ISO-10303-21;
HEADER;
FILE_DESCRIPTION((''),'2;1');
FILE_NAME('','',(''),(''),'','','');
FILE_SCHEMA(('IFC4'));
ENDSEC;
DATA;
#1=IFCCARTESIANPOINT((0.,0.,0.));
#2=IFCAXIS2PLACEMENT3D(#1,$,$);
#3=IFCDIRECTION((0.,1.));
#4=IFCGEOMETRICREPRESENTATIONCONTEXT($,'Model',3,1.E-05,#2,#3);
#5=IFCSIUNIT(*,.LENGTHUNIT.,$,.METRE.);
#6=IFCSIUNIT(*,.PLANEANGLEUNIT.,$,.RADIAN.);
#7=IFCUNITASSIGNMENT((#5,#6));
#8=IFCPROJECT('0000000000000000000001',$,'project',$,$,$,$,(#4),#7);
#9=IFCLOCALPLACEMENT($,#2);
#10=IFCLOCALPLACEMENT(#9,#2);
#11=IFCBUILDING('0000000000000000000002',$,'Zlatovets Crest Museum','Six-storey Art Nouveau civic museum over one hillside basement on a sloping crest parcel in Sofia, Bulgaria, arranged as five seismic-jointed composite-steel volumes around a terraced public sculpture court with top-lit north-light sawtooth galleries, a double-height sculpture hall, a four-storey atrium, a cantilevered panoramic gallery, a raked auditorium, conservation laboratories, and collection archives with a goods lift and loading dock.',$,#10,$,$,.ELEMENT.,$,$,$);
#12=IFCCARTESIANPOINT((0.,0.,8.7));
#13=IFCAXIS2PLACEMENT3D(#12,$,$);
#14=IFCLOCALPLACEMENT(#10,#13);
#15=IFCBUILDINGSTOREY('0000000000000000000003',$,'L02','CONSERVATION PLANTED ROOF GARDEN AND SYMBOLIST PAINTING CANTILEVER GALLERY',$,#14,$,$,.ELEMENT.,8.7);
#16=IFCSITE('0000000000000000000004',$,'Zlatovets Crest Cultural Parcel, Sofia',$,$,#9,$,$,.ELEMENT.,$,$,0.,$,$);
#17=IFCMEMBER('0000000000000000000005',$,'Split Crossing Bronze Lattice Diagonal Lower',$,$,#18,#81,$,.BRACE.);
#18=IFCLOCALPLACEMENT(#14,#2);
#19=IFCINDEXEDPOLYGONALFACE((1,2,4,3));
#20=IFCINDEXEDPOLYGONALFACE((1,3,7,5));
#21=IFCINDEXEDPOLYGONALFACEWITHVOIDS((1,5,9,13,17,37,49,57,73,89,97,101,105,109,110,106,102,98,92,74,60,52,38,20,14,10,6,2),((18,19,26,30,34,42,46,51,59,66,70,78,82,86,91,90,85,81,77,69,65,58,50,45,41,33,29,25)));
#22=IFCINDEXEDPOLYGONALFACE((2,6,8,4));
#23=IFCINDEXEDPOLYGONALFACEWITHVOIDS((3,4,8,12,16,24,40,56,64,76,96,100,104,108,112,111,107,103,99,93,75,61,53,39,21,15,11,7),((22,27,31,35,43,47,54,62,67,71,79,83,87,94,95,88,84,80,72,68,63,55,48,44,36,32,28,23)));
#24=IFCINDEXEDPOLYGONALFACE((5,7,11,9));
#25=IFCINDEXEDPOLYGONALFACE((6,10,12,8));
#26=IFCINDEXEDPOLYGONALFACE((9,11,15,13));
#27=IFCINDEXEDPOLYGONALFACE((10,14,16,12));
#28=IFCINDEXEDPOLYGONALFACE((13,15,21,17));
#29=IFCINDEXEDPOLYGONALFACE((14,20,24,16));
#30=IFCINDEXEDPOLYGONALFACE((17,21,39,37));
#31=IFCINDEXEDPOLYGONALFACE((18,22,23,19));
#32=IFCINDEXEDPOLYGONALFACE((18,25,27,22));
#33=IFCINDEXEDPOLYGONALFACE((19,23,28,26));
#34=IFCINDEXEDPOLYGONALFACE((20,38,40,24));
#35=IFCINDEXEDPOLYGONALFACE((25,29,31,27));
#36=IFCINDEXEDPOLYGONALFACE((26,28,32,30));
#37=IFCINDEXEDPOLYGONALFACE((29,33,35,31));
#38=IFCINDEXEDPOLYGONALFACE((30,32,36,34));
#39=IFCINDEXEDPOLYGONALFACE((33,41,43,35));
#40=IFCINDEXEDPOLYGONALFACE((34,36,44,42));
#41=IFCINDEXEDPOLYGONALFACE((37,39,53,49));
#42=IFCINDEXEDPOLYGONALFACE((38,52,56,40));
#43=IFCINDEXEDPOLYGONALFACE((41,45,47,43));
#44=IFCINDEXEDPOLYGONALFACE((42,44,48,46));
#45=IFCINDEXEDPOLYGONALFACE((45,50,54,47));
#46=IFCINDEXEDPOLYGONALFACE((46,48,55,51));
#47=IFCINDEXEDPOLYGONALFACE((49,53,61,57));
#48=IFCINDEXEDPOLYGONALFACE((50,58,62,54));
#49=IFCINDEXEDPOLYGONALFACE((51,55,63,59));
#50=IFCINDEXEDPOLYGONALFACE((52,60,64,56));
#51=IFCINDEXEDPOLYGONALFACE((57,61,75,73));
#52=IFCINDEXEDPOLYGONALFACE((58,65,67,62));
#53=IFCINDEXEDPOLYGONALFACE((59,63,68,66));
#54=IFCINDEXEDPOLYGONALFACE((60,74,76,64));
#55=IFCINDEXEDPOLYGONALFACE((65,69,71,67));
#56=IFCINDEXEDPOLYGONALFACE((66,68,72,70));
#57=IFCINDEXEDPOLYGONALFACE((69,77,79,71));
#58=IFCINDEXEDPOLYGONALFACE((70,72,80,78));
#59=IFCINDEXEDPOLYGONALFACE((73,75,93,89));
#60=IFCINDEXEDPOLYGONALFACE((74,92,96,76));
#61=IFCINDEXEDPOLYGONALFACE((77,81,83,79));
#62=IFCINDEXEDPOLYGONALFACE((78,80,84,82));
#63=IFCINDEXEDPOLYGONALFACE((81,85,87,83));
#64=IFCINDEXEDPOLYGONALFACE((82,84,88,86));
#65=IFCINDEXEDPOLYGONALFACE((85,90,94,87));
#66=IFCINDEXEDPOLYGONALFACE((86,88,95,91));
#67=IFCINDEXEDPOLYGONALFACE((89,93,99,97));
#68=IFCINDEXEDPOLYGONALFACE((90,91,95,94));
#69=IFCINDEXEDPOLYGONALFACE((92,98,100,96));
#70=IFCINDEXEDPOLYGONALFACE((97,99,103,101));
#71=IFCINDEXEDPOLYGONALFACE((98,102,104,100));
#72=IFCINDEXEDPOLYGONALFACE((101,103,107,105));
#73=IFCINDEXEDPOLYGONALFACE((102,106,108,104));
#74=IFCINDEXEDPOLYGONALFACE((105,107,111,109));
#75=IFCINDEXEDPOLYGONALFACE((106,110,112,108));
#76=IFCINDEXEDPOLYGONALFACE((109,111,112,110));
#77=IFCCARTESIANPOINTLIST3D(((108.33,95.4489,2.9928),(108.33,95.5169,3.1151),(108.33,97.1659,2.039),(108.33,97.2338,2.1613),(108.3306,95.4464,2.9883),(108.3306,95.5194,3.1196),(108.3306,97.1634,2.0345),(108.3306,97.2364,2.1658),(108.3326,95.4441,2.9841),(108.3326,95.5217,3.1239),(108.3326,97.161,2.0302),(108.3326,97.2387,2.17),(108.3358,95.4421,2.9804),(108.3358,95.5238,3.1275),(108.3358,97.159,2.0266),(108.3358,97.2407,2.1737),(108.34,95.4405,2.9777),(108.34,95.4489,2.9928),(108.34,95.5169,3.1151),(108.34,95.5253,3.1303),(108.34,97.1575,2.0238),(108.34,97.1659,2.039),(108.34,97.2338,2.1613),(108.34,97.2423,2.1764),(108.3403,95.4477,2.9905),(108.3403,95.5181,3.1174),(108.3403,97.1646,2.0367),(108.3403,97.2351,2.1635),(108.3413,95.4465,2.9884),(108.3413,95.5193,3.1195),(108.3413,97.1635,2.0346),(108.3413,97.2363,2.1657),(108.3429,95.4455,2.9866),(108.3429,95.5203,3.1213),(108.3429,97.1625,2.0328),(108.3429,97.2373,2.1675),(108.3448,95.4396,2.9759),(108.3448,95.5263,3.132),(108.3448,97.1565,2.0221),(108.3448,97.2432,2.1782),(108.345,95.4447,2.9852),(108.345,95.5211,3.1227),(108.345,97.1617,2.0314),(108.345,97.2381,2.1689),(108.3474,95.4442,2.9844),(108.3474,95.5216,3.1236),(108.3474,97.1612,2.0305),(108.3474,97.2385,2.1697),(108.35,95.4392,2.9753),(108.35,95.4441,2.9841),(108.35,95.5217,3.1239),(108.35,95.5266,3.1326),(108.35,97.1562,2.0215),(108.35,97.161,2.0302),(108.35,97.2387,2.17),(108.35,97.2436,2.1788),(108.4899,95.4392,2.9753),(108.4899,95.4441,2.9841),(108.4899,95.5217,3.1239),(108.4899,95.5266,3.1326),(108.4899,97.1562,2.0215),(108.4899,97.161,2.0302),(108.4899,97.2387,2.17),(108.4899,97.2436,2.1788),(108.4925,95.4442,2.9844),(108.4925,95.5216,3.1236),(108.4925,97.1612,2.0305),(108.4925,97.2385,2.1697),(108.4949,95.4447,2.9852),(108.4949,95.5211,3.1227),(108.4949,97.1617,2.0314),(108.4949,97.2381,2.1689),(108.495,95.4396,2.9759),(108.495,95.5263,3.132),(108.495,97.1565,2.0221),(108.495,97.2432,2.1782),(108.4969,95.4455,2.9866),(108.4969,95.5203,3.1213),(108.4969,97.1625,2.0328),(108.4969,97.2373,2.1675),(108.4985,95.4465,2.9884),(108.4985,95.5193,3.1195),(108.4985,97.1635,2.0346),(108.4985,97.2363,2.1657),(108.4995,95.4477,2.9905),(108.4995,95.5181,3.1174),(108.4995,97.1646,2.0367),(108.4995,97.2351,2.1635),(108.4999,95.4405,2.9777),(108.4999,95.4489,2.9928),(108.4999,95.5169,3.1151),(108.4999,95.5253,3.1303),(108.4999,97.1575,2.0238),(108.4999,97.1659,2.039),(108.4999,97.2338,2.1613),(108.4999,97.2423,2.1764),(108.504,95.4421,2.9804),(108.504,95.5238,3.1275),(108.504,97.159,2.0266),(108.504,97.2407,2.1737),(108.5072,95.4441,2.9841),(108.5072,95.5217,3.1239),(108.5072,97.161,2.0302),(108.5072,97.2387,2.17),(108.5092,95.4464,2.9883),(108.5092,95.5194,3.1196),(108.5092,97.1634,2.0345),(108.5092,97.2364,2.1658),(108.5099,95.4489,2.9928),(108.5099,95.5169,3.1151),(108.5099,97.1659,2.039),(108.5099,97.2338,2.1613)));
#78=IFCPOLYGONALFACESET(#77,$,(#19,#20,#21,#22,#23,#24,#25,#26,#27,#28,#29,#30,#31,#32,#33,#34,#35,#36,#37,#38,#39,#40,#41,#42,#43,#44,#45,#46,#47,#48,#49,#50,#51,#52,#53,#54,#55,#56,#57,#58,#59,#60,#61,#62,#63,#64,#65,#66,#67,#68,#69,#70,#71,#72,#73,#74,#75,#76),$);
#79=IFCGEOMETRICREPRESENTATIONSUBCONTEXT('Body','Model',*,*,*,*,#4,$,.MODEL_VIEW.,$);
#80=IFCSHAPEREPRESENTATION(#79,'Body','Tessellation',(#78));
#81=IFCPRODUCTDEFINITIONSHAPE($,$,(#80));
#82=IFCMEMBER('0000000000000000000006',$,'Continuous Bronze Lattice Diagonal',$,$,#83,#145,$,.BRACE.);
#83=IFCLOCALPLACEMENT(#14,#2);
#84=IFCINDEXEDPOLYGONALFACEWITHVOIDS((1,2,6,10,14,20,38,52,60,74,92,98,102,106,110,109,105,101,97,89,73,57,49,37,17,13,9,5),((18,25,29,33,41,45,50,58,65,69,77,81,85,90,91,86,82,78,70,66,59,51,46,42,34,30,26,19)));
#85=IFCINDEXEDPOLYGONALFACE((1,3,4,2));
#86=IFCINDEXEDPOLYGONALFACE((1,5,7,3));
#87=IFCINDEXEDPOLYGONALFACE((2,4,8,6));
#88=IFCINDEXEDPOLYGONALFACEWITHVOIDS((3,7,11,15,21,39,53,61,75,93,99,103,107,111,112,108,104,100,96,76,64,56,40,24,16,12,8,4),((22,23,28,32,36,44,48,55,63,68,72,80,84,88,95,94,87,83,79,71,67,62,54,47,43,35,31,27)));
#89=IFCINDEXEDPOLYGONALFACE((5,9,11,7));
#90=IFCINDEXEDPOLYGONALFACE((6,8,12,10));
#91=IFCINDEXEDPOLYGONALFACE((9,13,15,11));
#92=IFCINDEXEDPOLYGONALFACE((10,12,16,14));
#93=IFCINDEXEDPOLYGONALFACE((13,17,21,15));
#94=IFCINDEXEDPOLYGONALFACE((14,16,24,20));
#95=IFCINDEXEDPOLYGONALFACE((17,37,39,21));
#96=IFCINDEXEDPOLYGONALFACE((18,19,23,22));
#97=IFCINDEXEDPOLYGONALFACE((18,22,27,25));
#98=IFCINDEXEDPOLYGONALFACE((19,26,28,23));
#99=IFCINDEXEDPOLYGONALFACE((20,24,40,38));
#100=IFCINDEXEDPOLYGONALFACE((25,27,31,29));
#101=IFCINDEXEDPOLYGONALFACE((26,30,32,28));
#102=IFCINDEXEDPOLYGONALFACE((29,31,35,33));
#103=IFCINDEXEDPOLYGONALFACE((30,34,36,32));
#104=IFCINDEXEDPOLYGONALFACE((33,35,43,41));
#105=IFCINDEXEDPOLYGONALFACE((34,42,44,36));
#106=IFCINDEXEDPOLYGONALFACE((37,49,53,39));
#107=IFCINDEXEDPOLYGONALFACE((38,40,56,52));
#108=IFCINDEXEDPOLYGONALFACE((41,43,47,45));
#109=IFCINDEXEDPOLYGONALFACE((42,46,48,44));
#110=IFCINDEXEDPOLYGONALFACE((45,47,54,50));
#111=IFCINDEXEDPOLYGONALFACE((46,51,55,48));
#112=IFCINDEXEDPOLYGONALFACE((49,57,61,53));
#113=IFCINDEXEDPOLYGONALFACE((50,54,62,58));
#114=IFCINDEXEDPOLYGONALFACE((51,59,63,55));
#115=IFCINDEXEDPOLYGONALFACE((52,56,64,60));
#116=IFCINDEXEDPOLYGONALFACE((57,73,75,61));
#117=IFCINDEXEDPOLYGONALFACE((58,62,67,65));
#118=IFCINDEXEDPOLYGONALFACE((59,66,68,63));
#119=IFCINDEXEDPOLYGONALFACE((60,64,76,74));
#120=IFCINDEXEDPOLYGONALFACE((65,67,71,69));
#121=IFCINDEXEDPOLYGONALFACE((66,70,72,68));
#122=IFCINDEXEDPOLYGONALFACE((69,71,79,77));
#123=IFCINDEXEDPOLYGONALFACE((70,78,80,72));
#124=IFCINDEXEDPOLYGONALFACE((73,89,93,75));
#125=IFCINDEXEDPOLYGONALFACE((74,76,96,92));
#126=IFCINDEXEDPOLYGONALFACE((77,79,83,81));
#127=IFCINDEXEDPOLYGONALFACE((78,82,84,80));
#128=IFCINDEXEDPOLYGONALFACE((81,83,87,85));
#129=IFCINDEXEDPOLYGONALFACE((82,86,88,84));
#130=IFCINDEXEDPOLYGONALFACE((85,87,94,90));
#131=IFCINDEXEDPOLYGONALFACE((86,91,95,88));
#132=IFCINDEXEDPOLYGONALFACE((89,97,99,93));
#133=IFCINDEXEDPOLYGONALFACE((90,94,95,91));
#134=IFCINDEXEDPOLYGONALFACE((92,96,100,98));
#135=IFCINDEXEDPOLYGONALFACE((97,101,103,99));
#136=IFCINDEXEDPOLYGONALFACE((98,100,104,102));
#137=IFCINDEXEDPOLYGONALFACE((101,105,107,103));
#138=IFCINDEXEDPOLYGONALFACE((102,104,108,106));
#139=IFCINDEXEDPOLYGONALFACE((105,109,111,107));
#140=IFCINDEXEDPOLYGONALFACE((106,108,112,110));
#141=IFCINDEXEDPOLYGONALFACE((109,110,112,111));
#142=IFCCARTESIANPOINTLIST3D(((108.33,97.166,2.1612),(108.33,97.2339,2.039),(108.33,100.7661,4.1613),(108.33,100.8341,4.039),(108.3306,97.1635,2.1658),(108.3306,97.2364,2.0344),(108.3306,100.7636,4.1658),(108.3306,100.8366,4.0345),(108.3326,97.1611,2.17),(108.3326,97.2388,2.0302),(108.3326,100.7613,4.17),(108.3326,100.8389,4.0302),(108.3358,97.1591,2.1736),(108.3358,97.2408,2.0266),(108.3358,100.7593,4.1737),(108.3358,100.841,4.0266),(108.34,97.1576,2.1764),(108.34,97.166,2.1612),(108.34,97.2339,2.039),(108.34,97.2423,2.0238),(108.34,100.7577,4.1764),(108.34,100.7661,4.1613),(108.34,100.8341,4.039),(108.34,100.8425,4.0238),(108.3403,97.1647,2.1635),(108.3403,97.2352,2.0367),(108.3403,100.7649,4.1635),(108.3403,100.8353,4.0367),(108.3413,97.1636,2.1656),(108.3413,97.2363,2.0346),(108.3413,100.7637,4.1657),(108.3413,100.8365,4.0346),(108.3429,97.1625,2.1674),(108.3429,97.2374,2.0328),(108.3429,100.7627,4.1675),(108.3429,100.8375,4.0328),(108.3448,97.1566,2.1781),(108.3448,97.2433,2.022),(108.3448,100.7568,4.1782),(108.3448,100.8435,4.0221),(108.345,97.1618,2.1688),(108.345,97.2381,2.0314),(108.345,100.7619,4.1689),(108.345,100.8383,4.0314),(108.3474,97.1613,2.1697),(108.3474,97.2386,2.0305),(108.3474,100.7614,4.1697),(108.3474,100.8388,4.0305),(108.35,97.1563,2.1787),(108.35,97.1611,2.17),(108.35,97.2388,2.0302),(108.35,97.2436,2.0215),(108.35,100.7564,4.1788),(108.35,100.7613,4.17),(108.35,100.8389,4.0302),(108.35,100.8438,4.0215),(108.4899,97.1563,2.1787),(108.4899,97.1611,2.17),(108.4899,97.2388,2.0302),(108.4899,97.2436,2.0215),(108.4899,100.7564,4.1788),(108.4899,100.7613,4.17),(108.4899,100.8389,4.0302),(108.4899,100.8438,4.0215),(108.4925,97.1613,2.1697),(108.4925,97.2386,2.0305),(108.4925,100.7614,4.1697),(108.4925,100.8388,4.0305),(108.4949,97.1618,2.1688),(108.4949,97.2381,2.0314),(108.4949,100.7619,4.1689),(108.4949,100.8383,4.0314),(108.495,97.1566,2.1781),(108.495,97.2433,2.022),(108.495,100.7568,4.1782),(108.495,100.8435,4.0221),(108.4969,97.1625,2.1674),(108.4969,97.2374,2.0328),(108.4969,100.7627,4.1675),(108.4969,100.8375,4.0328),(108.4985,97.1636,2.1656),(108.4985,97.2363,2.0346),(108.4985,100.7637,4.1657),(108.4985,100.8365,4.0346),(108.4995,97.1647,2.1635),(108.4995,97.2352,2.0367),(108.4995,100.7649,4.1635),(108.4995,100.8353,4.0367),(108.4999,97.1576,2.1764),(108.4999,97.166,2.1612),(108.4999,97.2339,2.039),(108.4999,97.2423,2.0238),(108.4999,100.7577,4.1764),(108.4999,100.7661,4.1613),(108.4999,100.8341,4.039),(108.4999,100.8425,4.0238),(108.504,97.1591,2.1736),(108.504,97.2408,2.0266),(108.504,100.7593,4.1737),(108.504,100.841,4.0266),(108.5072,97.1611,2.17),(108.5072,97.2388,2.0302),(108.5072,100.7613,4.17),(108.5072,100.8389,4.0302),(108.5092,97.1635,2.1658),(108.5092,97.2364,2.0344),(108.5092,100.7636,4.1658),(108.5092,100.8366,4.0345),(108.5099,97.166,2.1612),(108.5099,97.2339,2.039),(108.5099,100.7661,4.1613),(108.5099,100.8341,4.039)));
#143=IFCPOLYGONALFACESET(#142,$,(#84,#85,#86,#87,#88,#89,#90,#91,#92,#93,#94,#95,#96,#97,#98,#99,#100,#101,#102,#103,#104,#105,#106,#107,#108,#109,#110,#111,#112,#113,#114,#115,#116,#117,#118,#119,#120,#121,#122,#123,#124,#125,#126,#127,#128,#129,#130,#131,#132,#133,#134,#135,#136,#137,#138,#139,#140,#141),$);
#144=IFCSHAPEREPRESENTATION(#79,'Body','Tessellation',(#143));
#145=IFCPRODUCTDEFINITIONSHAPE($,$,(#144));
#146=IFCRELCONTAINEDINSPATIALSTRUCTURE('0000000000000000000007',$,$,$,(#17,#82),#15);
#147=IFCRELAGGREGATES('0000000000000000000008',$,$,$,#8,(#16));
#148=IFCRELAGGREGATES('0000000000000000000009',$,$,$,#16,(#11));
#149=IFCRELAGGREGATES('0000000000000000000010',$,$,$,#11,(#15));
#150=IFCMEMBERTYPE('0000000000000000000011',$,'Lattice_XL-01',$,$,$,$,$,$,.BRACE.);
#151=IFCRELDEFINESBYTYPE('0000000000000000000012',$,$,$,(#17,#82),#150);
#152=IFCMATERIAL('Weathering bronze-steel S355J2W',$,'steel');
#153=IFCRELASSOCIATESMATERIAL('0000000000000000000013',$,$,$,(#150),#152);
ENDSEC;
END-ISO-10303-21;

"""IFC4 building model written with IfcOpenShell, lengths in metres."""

from ifc_helpers import new_model, si_unit, direction, frame, origin, origin_2d, place, context, subcontext, project, spatial, hollow_rectangle, extrude, material, material_profile, profile_set, type_object, element, save


model = new_model("IFC4")

# Units and contexts
model_context = context("Model", 3, precision=1e-05, world=origin(), true_north=direction((0.0, 1.0)))
body_context = subcontext(model_context, "Body", "Model", "MODEL_VIEW")
ifc_project = project(units=[si_unit("LENGTHUNIT", "METRE"), si_unit("PLANEANGLEUNIT", "RADIAN")], contexts=[model_context])

# Site, building, storey
site_placement = place(None, origin())
site = spatial("IfcSite", under=ifc_project, at=site_placement, Name="Zlatovets Crest Cultural Parcel, Sofia", CompositionType="ELEMENT", RefElevation=0.0)
building_placement = place(site_placement, origin())
building = spatial("IfcBuilding", under=site, at=building_placement, Name="Zlatovets Crest Museum", Description="Six-storey Art Nouveau civic museum over one hillside basement on a sloping crest parcel in Sofia, Bulgaria, arranged as five seismic-jointed composite-steel volumes around a terraced public sculpture court with top-lit north-light sawtooth galleries, a double-height sculpture hall, a four-storey atrium, a cantilevered panoramic gallery, a raked auditorium, conservation laboratories, and collection archives with a goods lift and loading dock.", CompositionType="ELEMENT")
storey_placement = place(building_placement, frame((0.0, 0.0, 8.7)))
storey = spatial("IfcBuildingStorey", under=building, at=storey_placement, Name="L02", Description="CONSERVATION PLANTED ROOF GARDEN AND SYMBOLIST PAINTING CANTILEVER GALLERY", CompositionType="ELEMENT", Elevation=8.7)

# Members
ifc_material_1 = material(Name="Weathering bronze-steel S355J2W", Category="steel")
ifc_material_profile_1 = material_profile(ifc_material_1, hollow_rectangle(XDim=0.1799, YDim=0.1799, WallThickness=0.01, InnerFilletRadius=0.01, OuterFilletRadius=0.02, at=origin_2d()), Name="SHS 180x180x10.0")
ifc_profile_set_1 = profile_set([ifc_material_profile_1], Name="Weathering bronze-steel S355J2W")
member_type_1 = type_object("IfcMemberType", Name="Lattice_XL-01", PredefinedType="BRACE", material=ifc_profile_set_1)
member_1_placement = place(storey_placement, frame((108.4199, 95.4829, 3.054), z_axis=(0.0, 0.874169, -0.485622), x_axis=(-1.0, 0.0, 0.0)))
element("IfcMember", 1, at=member_1_placement, inside=storey, type_object=member_type_1, Name="Split Crossing Bronze Lattice Diagonal Lower", PredefinedType="BRACE", context=body_context, shape_type="SweptSolid", body=[
    extrude(hollow_rectangle(XDim=0.1799, YDim=0.1799, WallThickness=0.01, InnerFilletRadius=0.01, OuterFilletRadius=0.02, at=origin_2d()), origin(), (0.0, 0.0, 1.0), 1.9641),
])
member_2_placement = place(storey_placement, frame((108.4199, 97.2, 2.1001), z_axis=(0.0, 0.874163, 0.485633), x_axis=(-1.0, 0.0, 0.0)))
element("IfcMember", 2, at=member_2_placement, inside=storey, type_object=member_type_1, Name="Continuous Bronze Lattice Diagonal", PredefinedType="BRACE", context=body_context, shape_type="SweptSolid", body=[
    extrude(hollow_rectangle(XDim=0.1799, YDim=0.1799, WallThickness=0.01, InnerFilletRadius=0.01, OuterFilletRadius=0.02, at=origin_2d()), origin(), (0.0, 0.0, 1.0), 4.1184),
])

save(model, "model.ifc")
